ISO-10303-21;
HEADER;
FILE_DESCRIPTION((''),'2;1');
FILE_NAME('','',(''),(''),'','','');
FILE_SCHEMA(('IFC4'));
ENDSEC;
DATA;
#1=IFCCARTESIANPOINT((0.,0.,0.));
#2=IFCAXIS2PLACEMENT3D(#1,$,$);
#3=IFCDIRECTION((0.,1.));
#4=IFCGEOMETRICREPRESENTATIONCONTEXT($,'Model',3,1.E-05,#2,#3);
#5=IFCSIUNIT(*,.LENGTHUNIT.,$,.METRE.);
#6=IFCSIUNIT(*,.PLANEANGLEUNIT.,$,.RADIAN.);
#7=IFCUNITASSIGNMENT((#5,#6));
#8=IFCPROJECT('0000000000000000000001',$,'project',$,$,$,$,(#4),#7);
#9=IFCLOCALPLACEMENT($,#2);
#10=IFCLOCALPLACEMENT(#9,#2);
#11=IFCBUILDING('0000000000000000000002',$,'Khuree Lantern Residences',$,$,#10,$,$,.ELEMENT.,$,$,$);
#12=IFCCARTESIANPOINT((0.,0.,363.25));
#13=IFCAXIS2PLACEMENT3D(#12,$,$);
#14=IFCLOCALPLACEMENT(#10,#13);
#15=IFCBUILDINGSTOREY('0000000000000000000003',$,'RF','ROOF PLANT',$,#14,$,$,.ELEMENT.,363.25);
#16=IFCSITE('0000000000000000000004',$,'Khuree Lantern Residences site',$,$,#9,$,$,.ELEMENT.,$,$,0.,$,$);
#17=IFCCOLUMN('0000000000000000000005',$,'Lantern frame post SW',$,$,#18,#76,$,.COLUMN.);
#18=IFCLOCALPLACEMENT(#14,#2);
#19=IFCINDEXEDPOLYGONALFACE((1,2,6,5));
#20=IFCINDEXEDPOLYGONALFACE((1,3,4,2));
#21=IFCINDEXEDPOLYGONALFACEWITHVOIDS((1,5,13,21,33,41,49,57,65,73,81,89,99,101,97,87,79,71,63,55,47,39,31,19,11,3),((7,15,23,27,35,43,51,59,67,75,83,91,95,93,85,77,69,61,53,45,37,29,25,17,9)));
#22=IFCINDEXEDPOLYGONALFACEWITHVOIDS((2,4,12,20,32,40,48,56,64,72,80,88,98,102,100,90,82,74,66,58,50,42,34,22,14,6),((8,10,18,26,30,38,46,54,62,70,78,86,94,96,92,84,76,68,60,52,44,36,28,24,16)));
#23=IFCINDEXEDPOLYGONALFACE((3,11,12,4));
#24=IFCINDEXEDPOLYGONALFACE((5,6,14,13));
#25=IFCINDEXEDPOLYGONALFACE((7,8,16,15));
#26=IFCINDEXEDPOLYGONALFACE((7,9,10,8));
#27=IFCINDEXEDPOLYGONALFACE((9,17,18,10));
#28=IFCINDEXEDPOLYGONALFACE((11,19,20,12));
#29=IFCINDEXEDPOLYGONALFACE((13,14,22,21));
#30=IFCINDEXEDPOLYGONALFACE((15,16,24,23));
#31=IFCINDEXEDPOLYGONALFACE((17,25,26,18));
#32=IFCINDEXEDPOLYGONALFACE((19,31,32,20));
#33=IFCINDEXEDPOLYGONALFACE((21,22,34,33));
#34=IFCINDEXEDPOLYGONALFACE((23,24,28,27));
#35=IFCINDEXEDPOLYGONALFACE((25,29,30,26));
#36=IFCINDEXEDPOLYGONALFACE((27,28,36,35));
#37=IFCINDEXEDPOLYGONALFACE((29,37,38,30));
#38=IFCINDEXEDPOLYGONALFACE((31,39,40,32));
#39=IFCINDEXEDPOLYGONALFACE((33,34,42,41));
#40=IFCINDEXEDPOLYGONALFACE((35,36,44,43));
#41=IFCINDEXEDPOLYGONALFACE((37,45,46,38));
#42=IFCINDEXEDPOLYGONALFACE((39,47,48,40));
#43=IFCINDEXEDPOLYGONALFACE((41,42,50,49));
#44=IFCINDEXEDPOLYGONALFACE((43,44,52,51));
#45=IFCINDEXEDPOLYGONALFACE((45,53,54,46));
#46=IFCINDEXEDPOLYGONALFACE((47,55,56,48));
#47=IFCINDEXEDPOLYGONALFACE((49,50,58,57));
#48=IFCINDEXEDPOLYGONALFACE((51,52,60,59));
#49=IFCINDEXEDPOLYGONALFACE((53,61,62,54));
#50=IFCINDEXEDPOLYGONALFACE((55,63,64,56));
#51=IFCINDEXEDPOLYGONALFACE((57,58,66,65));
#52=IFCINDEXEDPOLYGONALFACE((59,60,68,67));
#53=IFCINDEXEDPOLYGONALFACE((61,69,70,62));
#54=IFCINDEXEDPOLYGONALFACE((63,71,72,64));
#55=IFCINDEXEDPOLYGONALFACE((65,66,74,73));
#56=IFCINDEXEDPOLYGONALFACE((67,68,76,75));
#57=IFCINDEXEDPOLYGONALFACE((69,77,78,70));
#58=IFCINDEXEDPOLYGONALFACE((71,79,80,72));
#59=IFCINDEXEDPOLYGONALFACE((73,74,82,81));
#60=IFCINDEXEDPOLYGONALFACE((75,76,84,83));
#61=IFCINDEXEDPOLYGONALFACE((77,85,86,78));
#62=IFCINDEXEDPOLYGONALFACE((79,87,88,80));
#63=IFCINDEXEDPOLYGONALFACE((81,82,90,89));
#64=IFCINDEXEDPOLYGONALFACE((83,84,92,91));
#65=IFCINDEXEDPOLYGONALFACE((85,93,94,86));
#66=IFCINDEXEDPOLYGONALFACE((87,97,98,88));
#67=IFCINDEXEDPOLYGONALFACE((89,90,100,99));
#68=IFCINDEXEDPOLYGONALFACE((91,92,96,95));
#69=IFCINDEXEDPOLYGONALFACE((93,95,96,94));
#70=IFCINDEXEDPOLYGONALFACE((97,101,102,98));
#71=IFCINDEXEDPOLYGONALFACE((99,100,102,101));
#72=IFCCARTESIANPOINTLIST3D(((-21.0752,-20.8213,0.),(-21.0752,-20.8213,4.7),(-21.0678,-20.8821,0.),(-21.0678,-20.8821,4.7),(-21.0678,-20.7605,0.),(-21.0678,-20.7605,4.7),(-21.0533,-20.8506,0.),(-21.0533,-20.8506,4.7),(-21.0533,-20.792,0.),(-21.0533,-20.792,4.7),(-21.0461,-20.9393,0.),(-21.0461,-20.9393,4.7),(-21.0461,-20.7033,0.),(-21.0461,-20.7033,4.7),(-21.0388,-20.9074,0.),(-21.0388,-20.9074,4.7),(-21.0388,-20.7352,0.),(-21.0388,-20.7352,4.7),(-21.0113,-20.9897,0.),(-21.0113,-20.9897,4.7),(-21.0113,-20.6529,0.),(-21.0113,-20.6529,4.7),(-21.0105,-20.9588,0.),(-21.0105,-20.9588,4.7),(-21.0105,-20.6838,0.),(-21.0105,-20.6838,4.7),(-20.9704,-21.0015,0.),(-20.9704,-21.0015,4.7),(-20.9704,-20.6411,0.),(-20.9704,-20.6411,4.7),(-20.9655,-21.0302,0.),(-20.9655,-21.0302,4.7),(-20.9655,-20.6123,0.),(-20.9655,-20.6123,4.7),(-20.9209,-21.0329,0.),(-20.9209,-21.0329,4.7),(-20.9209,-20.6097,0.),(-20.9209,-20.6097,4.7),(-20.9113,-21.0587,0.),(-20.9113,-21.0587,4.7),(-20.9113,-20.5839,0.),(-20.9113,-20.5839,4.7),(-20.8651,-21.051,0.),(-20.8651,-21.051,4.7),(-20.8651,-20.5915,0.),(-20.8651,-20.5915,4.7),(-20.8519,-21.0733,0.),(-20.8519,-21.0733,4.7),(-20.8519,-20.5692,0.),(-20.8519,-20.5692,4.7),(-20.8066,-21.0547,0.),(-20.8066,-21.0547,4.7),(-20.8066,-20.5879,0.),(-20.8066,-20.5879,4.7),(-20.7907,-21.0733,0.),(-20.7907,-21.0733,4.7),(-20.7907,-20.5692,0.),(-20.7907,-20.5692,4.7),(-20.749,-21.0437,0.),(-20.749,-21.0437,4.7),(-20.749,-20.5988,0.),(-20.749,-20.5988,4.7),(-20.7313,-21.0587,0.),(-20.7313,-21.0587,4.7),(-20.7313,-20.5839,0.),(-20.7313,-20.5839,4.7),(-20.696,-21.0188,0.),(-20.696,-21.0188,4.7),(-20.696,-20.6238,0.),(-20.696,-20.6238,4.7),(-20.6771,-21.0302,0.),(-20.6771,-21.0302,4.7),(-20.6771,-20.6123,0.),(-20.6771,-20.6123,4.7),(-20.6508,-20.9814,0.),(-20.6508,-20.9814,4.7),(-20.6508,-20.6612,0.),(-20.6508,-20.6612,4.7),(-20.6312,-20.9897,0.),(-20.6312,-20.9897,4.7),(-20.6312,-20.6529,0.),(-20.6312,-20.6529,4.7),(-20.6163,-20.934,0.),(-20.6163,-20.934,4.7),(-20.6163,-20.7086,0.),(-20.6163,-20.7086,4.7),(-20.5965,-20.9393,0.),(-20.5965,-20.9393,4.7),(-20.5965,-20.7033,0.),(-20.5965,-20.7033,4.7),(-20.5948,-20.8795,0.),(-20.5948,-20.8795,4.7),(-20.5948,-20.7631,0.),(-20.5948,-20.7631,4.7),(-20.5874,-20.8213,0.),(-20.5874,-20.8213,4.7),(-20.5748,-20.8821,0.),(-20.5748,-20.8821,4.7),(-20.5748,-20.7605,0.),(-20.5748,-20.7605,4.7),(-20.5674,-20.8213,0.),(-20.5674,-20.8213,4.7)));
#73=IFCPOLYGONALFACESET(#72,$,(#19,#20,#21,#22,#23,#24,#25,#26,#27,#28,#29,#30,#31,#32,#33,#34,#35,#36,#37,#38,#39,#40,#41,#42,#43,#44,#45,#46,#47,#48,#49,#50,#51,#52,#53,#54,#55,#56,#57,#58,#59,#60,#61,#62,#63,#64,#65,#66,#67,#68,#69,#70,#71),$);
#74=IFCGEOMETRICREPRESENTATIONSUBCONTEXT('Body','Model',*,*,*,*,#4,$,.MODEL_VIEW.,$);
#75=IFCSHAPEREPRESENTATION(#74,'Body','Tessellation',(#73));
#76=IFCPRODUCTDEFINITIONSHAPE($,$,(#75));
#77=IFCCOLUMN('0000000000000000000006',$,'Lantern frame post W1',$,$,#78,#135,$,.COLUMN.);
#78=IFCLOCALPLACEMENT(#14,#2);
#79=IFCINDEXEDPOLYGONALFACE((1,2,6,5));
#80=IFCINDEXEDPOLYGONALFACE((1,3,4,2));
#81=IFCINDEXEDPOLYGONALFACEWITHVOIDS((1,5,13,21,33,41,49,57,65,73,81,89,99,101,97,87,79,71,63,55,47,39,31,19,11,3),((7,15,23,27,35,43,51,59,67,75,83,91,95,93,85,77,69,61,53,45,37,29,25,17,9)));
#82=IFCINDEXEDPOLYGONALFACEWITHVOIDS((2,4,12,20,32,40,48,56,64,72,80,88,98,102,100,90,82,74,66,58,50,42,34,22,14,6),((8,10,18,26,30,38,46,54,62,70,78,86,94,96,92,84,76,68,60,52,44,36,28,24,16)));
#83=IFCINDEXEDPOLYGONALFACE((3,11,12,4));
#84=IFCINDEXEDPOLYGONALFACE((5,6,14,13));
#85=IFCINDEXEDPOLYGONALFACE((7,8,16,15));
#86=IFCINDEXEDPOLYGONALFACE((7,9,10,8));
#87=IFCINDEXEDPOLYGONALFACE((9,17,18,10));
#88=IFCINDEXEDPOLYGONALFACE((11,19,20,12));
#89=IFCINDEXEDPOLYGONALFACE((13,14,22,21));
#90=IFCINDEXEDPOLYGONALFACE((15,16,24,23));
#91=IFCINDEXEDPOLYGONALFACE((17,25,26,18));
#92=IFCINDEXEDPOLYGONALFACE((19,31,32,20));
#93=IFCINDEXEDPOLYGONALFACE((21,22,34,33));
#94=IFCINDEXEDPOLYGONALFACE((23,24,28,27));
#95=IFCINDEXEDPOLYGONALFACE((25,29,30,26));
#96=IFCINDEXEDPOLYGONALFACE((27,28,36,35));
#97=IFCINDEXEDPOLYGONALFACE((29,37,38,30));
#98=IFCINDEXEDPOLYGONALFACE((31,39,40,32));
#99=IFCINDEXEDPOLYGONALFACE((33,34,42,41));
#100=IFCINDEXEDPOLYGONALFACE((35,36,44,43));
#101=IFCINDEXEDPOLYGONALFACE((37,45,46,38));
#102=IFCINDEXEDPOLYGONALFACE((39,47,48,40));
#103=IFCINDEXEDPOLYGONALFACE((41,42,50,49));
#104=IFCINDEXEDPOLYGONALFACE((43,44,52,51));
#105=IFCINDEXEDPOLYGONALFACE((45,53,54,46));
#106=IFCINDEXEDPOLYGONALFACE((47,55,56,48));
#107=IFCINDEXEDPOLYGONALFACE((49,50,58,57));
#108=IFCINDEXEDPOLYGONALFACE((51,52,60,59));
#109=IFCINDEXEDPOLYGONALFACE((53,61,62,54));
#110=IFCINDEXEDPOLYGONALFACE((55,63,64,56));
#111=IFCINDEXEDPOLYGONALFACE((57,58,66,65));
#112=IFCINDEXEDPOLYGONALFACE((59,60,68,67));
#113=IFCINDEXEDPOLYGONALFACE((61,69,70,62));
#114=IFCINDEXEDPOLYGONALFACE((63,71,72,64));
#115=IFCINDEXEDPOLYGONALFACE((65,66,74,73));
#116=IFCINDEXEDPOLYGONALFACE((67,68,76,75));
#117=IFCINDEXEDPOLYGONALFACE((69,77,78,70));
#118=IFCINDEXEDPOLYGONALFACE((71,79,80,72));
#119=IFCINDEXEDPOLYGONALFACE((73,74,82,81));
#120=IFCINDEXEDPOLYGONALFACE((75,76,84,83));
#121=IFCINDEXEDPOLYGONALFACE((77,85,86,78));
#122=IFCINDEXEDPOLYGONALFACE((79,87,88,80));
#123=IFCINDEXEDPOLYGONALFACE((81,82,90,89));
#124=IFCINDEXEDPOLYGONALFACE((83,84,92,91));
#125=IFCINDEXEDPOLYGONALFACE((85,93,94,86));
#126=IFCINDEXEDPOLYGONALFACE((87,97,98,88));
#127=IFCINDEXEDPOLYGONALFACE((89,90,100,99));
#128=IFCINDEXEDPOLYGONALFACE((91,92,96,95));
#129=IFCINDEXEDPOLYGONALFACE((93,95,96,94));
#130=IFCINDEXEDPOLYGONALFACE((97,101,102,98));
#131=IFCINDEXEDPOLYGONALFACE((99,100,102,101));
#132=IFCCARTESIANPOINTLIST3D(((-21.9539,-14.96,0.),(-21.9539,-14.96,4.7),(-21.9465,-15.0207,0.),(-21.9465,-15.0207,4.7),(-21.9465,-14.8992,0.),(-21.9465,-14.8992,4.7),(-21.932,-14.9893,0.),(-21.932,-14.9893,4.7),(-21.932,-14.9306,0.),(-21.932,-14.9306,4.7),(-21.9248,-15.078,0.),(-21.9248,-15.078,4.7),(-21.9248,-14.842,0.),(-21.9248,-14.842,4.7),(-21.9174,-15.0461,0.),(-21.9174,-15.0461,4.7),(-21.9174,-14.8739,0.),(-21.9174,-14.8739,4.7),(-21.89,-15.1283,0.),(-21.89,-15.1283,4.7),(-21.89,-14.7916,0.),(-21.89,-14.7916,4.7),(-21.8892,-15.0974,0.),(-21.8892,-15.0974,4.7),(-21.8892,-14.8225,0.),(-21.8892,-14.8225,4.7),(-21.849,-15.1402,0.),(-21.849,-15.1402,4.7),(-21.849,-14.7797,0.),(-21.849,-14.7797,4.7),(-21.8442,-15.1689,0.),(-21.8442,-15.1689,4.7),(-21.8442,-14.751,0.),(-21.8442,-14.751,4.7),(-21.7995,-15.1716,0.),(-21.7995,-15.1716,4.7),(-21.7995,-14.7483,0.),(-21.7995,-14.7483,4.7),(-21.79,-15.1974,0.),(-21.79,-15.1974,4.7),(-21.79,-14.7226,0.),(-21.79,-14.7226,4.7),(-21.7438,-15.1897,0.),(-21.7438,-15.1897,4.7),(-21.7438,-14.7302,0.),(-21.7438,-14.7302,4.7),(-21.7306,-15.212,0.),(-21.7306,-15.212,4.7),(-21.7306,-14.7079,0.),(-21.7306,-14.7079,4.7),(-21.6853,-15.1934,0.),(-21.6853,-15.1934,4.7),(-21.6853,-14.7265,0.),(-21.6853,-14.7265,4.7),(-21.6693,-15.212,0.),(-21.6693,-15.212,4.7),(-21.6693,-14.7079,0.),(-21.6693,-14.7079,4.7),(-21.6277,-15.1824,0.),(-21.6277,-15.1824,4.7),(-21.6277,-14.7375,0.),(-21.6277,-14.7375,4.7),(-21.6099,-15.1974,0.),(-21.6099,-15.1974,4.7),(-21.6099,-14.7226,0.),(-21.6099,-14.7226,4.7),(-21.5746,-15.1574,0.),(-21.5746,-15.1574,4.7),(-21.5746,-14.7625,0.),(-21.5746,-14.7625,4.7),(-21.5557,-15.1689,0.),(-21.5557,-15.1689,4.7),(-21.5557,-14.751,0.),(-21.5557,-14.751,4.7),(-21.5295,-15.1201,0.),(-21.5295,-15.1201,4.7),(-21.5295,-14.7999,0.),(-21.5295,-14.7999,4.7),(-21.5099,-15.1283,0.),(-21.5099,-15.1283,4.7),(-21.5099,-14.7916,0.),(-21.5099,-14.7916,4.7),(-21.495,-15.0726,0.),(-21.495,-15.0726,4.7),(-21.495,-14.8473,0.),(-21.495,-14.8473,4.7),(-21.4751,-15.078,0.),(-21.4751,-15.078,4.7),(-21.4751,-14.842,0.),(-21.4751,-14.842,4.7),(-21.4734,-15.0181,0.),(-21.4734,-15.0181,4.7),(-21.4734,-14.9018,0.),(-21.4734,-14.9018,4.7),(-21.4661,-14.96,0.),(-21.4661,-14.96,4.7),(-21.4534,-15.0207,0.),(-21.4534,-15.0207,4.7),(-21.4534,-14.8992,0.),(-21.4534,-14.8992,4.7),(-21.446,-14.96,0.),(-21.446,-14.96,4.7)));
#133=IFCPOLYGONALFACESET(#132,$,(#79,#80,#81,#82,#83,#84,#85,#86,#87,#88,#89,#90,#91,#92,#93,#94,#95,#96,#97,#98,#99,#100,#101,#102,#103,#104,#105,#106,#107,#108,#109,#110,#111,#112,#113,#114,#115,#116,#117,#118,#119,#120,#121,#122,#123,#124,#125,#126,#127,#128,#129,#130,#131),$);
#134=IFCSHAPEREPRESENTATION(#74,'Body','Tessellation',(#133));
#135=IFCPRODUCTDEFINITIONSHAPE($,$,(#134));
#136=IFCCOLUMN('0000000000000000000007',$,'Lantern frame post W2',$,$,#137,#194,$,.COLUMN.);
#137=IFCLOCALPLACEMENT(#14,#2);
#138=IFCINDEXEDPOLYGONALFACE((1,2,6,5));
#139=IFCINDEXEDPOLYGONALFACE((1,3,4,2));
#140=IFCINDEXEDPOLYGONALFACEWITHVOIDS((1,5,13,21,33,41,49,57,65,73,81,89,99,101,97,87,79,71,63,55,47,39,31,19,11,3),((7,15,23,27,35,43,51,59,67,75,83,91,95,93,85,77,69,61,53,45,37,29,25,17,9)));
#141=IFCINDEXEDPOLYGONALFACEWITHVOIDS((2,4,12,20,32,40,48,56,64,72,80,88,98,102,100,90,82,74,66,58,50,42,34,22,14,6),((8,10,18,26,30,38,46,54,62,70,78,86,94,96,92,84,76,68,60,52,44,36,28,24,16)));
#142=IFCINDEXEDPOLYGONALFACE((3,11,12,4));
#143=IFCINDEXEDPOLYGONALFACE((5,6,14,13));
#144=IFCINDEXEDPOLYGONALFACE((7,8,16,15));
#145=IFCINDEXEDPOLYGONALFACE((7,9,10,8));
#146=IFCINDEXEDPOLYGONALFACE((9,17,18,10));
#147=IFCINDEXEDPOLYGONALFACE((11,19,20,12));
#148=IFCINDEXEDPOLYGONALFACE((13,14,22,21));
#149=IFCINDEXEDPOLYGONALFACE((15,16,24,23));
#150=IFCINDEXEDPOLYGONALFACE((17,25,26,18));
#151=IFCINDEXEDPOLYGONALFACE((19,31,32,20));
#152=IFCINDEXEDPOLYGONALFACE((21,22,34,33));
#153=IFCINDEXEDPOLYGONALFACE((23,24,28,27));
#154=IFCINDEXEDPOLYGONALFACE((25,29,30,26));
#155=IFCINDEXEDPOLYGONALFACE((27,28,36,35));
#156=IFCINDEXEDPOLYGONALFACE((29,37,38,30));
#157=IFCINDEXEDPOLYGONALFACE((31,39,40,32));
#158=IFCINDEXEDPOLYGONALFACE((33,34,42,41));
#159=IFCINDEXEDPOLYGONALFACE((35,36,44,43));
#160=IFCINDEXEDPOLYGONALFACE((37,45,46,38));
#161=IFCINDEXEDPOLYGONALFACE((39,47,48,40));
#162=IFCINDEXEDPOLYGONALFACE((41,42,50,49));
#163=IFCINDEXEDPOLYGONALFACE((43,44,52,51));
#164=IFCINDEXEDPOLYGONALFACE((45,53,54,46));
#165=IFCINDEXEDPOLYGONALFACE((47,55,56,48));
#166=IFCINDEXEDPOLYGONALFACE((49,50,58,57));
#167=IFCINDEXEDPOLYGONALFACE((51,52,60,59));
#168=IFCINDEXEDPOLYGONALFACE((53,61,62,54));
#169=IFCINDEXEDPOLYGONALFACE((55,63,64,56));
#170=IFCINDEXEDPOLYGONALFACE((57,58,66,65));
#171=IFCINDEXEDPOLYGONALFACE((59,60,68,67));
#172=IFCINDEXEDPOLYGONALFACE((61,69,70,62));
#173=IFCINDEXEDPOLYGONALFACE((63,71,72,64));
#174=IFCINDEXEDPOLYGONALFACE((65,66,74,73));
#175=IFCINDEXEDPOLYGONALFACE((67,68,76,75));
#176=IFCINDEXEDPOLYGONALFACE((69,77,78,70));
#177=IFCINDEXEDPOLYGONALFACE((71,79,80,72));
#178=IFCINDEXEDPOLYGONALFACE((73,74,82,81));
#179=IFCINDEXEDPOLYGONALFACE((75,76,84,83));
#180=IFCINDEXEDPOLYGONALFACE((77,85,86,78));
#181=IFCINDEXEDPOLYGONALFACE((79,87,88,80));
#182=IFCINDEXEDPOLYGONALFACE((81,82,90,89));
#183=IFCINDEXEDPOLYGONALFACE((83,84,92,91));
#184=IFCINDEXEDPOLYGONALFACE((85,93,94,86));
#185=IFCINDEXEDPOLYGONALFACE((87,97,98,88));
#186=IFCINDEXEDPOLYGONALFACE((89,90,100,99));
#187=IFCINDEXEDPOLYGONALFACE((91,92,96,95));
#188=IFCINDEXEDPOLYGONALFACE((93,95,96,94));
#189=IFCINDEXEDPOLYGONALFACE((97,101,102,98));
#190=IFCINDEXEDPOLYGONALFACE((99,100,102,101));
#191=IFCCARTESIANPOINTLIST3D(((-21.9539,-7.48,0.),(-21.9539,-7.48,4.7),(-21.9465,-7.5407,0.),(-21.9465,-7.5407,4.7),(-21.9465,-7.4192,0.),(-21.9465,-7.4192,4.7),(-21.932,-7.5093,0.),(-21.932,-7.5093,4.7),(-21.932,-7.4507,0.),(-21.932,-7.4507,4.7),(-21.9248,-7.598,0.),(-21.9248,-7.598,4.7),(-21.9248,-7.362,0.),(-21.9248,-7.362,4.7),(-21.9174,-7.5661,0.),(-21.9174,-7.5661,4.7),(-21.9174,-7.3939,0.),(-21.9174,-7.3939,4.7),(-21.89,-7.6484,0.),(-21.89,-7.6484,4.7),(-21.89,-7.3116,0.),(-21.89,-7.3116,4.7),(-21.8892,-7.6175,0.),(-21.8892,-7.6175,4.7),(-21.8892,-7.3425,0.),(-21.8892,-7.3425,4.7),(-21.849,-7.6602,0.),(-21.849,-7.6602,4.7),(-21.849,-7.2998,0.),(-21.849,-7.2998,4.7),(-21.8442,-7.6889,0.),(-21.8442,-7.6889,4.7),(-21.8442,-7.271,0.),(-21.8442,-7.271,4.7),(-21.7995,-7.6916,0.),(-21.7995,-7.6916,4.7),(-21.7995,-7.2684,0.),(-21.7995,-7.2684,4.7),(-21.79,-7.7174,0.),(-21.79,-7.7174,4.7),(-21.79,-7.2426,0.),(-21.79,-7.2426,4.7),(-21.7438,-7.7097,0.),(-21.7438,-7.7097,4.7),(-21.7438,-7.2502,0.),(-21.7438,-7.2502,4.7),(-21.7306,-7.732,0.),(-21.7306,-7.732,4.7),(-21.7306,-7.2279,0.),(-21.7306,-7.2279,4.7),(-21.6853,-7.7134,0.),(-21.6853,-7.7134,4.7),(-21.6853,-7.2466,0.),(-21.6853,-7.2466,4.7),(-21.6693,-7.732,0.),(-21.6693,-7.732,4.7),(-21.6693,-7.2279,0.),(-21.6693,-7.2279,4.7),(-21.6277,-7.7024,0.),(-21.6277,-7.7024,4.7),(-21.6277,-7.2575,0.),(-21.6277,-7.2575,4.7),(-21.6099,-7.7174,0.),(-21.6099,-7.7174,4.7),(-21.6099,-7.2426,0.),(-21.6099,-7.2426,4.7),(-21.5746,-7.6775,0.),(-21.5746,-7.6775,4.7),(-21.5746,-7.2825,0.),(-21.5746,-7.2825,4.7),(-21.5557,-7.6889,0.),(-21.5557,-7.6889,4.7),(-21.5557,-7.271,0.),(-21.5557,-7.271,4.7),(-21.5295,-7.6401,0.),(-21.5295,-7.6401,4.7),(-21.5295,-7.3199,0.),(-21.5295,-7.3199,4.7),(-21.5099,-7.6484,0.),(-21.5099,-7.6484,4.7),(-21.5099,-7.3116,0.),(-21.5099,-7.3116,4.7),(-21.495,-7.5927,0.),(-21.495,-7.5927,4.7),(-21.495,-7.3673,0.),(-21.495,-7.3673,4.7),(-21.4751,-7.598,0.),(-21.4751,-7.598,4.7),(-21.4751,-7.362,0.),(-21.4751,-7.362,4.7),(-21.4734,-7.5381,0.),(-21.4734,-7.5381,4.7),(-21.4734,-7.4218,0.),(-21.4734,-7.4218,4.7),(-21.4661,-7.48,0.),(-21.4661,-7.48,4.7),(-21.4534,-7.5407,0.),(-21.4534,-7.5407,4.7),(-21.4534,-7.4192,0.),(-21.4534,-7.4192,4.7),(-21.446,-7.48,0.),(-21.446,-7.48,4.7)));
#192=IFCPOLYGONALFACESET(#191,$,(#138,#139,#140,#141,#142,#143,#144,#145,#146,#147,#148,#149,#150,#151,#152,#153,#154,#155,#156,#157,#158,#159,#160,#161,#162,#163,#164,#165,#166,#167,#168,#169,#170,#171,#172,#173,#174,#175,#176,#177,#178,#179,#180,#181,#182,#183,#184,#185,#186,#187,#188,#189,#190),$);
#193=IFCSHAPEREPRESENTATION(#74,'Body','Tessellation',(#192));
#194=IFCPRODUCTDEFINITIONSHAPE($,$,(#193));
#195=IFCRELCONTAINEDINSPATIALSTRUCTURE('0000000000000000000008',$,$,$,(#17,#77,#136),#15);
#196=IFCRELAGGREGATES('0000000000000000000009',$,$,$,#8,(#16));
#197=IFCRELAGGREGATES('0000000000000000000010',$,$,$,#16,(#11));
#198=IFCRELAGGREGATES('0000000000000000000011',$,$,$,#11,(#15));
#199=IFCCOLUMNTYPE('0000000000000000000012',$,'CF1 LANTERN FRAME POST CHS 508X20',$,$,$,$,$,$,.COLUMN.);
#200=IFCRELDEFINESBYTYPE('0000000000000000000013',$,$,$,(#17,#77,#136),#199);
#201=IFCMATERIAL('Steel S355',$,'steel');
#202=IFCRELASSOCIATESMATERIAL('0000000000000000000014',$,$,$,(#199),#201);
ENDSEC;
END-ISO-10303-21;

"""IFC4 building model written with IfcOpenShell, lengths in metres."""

from ifc_helpers import new_model, si_unit, direction, frame, origin, origin_2d, place, context, subcontext, project, spatial, hollow_circle, extrude, material, material_profile, profile_set, type_object, element, save


model = new_model("IFC4")

# Units and contexts
model_context = context("Model", 3, precision=1e-05, world=origin(), true_north=direction((0.0, 1.0)))
body_context = subcontext(model_context, "Body", "Model", "MODEL_VIEW")
ifc_project = project(units=[si_unit("LENGTHUNIT", "METRE"), si_unit("PLANEANGLEUNIT", "RADIAN")], contexts=[model_context])

# Site, building, storey
site_placement = place(None, origin())
site = spatial("IfcSite", under=ifc_project, at=site_placement, Name="Khuree Lantern Residences site", CompositionType="ELEMENT", RefElevation=0.0)
building_placement = place(site_placement, origin())
building = spatial("IfcBuilding", under=site, at=building_placement, Name="Khuree Lantern Residences", CompositionType="ELEMENT")
storey_placement = place(building_placement, frame((0.0, 0.0, 363.25)))
storey = spatial("IfcBuildingStorey", under=building, at=storey_placement, Name="RF", Description="ROOF PLANT", CompositionType="ELEMENT", Elevation=363.25)

# Columns
ifc_material_1 = material(Name="Steel S355", Category="steel")
ifc_material_profile_1 = material_profile(ifc_material_1, hollow_circle(Radius=0.2539, WallThickness=0.02, at=origin_2d()), Name="CHS 508X20")
ifc_profile_set_1 = profile_set([ifc_material_profile_1], Name="Steel S355")
column_type = type_object("IfcColumnType", Name="CF1 LANTERN FRAME POST CHS 508X20", PredefinedType="COLUMN", material=ifc_profile_set_1)
for number, where, z_axis, x_axis, name in (
    (1, (-20.8213, -20.8213, 0.0), (0.0, 0.0, 1.0), (1.0, 0.0, 0.0), "Lantern frame post SW"),
    (2, (-21.7, -14.96, 0.0), (0.0, 0.0, 1.0), (1.0, 0.0, 0.0), "Lantern frame post W1"),
    (3, (-21.7, -7.48, 0.0), (0.0, 0.0, 1.0), (1.0, 0.0, 0.0), "Lantern frame post W2"),
):
    element("IfcColumn", number, at=place(storey_placement, frame(where, z_axis=z_axis, x_axis=x_axis)), inside=storey, type_object=column_type, Name=name, PredefinedType="COLUMN", context=body_context, shape_type="SweptSolid", body=[
        extrude(hollow_circle(Radius=0.2539, WallThickness=0.02, at=origin_2d()), origin(), (0.0, 0.0, 1.0), 4.7),
    ])

save(model, "model.ifc")
